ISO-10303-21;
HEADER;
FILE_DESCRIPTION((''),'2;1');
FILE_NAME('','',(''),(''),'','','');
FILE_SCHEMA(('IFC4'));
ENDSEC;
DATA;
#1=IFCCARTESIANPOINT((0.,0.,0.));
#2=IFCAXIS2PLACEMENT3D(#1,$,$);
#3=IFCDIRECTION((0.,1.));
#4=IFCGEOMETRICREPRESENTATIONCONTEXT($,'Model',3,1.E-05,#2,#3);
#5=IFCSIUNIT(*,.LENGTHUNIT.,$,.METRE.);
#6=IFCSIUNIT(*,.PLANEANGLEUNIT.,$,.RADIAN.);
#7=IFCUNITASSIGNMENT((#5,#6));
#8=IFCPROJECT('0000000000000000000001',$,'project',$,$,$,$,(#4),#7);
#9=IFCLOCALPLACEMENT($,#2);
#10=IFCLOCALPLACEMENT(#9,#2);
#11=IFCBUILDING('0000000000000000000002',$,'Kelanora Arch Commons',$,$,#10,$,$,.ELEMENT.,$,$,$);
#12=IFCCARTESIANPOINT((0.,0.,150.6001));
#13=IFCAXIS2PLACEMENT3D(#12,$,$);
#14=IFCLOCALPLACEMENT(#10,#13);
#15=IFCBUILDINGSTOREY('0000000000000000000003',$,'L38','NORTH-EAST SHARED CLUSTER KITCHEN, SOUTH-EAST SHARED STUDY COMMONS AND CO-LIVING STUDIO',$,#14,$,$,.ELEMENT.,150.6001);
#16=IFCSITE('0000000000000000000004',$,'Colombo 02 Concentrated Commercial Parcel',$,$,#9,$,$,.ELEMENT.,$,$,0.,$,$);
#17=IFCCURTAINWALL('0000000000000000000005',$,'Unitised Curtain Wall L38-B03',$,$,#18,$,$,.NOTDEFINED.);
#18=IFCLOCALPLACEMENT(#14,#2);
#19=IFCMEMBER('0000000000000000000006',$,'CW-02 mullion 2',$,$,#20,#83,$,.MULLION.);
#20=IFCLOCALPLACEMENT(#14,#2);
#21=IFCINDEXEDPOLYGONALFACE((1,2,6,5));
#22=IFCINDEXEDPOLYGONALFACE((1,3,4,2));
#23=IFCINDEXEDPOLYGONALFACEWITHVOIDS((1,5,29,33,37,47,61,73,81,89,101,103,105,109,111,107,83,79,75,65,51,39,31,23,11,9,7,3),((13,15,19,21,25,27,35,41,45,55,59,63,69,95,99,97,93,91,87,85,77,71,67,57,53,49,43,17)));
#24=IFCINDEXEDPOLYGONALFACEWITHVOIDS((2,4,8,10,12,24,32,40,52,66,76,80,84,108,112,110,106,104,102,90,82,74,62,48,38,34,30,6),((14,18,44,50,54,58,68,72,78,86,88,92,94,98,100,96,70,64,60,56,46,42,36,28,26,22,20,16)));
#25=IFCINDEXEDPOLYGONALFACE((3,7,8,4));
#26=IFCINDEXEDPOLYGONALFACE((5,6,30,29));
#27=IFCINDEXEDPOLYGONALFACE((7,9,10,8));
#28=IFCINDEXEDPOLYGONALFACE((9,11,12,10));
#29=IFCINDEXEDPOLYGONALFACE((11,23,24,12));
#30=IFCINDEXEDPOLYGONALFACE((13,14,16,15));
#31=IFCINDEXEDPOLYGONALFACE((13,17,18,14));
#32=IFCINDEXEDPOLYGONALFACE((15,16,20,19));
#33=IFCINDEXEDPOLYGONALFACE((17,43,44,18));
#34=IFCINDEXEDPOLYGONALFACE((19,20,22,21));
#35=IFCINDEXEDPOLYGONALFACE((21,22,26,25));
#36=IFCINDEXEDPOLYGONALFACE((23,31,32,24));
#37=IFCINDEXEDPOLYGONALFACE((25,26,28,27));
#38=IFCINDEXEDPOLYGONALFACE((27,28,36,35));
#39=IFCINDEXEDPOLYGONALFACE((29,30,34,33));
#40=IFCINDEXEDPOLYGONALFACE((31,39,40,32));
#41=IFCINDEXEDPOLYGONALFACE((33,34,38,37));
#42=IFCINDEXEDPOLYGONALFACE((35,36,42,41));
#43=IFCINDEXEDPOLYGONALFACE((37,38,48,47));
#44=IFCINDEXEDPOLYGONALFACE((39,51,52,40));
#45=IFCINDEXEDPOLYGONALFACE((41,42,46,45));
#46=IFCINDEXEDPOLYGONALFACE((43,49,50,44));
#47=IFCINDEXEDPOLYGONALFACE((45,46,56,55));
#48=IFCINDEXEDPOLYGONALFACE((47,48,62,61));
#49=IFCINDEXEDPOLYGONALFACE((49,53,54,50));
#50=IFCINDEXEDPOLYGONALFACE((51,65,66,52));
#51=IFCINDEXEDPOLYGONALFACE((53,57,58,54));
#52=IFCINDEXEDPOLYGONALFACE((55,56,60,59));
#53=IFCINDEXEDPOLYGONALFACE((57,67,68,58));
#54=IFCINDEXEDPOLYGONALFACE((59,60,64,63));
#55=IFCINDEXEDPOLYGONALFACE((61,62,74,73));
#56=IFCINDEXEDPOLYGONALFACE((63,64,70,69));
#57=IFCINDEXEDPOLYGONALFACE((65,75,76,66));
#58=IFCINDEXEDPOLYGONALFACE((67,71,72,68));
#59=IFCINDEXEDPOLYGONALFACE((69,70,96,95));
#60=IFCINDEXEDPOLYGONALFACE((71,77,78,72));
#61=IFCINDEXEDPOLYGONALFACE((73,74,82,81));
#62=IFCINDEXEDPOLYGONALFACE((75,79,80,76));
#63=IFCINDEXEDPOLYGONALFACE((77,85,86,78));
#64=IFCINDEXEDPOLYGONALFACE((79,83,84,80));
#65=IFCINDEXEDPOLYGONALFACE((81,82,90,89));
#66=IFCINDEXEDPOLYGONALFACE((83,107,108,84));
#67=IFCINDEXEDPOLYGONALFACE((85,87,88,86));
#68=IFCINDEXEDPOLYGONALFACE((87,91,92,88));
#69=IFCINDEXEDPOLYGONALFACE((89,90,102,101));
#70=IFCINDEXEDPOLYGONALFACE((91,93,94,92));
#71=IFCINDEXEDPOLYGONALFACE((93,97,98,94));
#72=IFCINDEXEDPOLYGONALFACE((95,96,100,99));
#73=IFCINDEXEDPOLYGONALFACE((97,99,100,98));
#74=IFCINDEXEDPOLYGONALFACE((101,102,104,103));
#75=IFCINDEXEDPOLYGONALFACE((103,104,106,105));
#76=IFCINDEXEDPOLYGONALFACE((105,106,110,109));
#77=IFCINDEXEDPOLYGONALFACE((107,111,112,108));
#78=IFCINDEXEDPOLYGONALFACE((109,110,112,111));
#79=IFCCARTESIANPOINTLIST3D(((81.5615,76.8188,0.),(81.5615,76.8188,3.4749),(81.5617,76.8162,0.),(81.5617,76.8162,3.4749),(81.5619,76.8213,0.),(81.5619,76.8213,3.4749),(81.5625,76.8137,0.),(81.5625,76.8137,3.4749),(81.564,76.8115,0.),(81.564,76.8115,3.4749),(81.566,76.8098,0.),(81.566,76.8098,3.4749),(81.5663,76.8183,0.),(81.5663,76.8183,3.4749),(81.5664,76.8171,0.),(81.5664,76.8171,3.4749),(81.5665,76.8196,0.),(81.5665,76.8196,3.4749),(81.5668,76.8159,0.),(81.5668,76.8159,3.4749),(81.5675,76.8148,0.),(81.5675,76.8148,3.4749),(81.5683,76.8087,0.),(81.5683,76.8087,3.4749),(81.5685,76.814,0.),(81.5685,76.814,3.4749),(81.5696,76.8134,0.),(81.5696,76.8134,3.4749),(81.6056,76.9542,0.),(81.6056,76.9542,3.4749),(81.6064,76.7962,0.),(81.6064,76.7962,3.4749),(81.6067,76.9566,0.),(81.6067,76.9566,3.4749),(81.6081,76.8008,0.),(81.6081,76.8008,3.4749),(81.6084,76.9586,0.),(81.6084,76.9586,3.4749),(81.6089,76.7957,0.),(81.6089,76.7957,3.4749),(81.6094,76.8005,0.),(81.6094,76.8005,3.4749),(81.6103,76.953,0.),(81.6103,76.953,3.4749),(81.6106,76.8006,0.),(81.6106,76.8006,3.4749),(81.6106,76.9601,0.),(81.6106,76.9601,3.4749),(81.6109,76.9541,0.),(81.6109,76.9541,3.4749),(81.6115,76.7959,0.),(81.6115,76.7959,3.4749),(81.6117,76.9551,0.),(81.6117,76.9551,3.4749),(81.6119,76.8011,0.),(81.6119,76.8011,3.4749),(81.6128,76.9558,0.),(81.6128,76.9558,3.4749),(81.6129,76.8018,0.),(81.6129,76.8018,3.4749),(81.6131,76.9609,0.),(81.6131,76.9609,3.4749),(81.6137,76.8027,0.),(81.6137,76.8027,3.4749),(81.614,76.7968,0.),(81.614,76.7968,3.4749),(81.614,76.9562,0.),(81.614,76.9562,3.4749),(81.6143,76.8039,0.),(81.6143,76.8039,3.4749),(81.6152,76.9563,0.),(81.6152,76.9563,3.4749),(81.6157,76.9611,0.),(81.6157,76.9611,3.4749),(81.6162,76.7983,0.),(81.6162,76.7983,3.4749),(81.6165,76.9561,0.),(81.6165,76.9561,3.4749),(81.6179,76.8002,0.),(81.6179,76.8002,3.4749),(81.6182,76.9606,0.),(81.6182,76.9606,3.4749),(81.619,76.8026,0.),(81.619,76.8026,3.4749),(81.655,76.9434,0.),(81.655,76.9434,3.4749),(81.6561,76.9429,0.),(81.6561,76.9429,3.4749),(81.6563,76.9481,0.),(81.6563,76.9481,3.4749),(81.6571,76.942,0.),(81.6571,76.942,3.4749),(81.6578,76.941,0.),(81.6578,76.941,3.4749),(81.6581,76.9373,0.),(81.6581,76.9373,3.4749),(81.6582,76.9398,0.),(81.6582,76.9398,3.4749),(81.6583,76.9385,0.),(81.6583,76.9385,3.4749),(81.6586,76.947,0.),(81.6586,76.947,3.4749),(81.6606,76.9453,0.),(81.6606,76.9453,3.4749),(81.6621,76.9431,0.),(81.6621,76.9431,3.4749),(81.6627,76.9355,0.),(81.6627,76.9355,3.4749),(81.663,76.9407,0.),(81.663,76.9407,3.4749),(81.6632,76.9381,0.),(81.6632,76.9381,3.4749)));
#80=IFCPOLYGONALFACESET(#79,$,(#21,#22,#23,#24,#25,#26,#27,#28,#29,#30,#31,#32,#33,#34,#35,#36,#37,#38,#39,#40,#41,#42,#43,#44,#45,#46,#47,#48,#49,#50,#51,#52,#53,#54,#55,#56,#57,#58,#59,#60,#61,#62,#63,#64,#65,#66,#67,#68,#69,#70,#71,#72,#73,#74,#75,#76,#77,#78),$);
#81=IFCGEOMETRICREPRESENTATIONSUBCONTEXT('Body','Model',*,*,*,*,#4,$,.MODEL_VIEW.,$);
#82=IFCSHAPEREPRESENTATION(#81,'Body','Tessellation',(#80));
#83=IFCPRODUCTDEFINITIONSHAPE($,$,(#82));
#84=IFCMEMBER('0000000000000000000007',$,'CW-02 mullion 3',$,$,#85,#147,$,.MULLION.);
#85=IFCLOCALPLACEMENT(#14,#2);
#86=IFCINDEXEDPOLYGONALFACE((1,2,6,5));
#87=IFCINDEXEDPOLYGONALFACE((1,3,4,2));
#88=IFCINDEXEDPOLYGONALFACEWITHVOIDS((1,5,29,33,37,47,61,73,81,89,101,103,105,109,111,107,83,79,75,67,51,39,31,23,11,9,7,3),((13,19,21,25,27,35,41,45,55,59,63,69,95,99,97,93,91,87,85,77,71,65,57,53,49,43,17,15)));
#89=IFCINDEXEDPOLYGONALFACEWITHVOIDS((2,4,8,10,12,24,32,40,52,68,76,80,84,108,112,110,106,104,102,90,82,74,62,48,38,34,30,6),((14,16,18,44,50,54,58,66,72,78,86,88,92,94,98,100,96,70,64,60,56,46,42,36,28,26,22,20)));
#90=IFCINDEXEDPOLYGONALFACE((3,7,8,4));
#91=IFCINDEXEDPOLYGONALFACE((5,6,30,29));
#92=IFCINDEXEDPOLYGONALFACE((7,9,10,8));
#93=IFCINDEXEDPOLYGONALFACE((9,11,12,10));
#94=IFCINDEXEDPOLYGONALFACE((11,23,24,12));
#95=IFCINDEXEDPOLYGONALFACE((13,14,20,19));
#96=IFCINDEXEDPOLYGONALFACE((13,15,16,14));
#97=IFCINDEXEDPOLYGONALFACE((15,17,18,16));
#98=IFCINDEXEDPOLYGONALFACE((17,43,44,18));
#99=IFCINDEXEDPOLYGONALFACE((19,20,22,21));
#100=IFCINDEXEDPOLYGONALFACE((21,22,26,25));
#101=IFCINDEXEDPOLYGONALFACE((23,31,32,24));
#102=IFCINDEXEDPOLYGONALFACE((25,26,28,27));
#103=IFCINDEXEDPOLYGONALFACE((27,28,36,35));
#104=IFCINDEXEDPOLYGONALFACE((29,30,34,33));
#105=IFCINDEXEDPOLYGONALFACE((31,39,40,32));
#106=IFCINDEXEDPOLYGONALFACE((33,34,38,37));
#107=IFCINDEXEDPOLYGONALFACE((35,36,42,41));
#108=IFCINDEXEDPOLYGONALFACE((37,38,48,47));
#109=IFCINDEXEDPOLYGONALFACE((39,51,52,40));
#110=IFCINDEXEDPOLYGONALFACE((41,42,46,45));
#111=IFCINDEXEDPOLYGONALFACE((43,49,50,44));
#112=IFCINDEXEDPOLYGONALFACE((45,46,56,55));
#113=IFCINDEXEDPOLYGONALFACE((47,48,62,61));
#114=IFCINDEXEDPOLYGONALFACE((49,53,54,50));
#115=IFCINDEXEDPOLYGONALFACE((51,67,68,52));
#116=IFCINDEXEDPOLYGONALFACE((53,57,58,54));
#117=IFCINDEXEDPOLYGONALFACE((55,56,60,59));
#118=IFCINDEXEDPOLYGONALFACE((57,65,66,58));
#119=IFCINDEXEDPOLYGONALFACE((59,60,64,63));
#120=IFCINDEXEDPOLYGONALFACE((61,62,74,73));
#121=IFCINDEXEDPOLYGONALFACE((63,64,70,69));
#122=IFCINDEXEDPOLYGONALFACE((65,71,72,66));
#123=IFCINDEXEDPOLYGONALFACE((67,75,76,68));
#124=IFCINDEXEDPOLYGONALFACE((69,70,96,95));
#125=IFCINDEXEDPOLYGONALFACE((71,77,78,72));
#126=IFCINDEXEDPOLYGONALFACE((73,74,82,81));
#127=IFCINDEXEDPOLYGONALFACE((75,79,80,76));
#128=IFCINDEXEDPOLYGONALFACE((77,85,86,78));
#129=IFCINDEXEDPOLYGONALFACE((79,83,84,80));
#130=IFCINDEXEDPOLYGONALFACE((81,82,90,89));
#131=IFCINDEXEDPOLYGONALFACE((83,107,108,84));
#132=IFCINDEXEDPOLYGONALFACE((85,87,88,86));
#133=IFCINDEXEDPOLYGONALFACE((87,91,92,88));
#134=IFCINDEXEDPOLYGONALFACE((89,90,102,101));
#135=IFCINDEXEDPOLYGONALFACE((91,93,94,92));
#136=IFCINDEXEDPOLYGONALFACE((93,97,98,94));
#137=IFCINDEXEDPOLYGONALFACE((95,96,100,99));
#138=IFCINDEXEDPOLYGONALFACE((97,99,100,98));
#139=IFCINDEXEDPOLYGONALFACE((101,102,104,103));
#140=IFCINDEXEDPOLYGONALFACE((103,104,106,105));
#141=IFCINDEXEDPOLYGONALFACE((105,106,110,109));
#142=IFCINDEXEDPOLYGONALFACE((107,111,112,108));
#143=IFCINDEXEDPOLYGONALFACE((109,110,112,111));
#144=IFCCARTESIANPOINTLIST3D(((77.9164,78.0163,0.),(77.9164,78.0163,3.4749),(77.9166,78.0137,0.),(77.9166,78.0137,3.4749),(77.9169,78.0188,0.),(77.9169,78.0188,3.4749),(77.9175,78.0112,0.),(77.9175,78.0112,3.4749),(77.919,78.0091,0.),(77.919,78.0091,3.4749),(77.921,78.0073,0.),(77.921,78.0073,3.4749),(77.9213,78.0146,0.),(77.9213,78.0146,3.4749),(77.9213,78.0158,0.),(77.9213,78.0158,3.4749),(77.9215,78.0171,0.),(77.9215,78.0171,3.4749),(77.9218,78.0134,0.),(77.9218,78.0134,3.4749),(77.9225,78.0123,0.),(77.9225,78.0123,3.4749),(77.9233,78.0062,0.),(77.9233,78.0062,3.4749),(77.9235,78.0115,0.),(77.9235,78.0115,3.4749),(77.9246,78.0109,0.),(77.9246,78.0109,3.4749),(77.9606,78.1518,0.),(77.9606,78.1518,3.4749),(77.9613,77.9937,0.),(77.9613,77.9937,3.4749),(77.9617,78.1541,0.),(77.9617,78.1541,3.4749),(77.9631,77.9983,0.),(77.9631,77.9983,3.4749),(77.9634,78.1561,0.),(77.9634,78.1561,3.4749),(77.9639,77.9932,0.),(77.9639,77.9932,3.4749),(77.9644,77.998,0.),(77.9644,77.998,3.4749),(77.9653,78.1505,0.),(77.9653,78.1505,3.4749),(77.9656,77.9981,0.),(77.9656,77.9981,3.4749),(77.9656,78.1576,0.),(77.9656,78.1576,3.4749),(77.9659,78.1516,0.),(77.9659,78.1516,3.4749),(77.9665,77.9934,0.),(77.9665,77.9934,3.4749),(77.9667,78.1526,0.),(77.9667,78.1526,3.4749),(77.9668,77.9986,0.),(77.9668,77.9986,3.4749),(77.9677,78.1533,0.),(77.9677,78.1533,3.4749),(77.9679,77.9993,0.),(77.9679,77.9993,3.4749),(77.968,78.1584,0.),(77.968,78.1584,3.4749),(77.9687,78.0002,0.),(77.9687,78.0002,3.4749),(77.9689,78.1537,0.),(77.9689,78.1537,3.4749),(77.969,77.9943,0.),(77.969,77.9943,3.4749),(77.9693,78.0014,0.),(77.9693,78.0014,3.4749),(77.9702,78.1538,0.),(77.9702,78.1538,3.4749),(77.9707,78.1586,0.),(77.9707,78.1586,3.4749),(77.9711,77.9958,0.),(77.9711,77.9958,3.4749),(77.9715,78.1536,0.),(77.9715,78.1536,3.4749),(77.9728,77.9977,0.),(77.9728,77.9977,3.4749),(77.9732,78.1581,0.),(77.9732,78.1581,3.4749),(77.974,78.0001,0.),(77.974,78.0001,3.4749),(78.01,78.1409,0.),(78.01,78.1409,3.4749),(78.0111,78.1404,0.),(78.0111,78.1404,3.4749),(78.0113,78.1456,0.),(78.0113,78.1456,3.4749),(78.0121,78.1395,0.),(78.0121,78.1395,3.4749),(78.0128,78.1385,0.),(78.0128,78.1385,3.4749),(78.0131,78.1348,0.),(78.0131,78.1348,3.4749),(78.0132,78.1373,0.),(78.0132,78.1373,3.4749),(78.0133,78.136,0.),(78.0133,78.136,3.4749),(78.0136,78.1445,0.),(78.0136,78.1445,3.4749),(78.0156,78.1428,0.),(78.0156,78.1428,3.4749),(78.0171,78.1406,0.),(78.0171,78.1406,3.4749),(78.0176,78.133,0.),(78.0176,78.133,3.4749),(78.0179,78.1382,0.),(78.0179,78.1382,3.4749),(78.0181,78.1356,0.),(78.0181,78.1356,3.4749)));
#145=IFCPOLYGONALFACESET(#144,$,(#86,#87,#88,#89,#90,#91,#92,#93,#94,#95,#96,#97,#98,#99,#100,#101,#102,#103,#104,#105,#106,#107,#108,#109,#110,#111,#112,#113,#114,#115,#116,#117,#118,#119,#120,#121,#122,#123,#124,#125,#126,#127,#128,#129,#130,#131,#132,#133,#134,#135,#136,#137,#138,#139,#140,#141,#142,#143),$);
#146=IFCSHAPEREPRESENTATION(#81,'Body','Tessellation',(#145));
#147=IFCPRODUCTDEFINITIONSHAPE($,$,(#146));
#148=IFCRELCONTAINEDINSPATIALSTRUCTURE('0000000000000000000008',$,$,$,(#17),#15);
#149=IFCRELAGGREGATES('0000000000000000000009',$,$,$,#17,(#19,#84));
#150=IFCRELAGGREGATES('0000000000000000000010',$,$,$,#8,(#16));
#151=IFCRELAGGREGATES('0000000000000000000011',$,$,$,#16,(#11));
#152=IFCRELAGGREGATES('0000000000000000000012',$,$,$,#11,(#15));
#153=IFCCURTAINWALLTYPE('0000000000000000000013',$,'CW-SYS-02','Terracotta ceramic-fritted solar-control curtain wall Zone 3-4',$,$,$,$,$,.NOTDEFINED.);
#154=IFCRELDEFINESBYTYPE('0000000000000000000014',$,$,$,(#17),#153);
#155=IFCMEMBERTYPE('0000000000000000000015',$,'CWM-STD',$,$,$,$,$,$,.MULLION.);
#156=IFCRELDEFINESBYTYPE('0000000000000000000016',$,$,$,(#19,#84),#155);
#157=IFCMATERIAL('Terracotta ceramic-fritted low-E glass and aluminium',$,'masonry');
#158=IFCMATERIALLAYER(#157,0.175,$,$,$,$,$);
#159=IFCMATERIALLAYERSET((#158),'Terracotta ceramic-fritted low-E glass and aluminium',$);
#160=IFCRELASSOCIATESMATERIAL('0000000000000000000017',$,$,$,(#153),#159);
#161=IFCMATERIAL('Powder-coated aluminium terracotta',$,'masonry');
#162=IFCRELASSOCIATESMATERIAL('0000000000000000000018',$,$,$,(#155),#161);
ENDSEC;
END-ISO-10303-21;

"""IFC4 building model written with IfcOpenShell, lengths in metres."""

from ifc_helpers import new_model, si_unit, direction, frame, origin, origin_2d, place, context, subcontext, project, spatial, hollow_rectangle, extrude, material, layer, layer_set, material_profile, profile_set, type_object, element, aggregate, save


model = new_model("IFC4")

# Units and contexts
model_context = context("Model", 3, precision=1e-05, world=origin(), true_north=direction((0.0, 1.0)))
body_context = subcontext(model_context, "Body", "Model", "MODEL_VIEW")
ifc_project = project(units=[si_unit("LENGTHUNIT", "METRE"), si_unit("PLANEANGLEUNIT", "RADIAN")], contexts=[model_context])

# Site, building, storey
site_placement = place(None, origin())
site = spatial("IfcSite", under=ifc_project, at=site_placement, Name="Colombo 02 Concentrated Commercial Parcel", CompositionType="ELEMENT", RefElevation=0.0)
building_placement = place(site_placement, origin())
building = spatial("IfcBuilding", under=site, at=building_placement, Name="Kelanora Arch Commons", CompositionType="ELEMENT")
storey_placement = place(building_placement, frame((0.0, 0.0, 150.6001)))
storey = spatial("IfcBuildingStorey", under=building, at=storey_placement, Name="L38", Description="NORTH-EAST SHARED CLUSTER KITCHEN, SOUTH-EAST SHARED STUDY COMMONS AND CO-LIVING STUDIO", CompositionType="ELEMENT", Elevation=150.6001)

# Curtain wall, members
ifc_material_1 = material(Name="Terracotta ceramic-fritted low-E glass and aluminium", Category="masonry")
ifc_layer_1 = layer(ifc_material_1, 0.175)
ifc_layer_set_1 = layer_set([ifc_layer_1], Name="Terracotta ceramic-fritted low-E glass and aluminium")
curtain_wall_type = type_object("IfcCurtainWallType", Name="CW-SYS-02", Description="Terracotta ceramic-fritted solar-control curtain wall Zone 3-4", PredefinedType="NOTDEFINED", material=ifc_layer_set_1)
curtain_wall_placement = place(storey_placement, origin())
curtain_wall = element("IfcCurtainWall", 1, at=curtain_wall_placement, inside=storey, type_object=curtain_wall_type, Name="Unitised Curtain Wall L38-B03", PredefinedType="NOTDEFINED")
ifc_material_2 = material(Name="Powder-coated aluminium terracotta", Category="masonry")
ifc_material_profile_1 = material_profile(ifc_material_2, hollow_rectangle(XDim=0.1599, YDim=0.0601, WallThickness=0.0049, InnerFilletRadius=0.0049, OuterFilletRadius=0.01, at=origin_2d()), Name="CWM160x60")
ifc_profile_set_1 = profile_set([ifc_material_profile_1], Name="Powder-coated aluminium terracotta")
member_type_1 = type_object("IfcMemberType", Name="CWM-STD", PredefinedType="MULLION", material=ifc_profile_set_1)
member_1_placement = place(storey_placement, frame((81.6123, 76.8784, 0.0), z_axis=(0.0, 0.0, 1.0), x_axis=(-0.312128, -0.95004, 0.0)))
member_1 = element("IfcMember", 2, at=member_1_placement, type_object=member_type_1, Name="CW-02 mullion 2", PredefinedType="MULLION", context=body_context, shape_type="SweptSolid", body=[
    extrude(hollow_rectangle(XDim=0.1599, YDim=0.0601, WallThickness=0.0049, InnerFilletRadius=0.0049, OuterFilletRadius=0.01, at=origin_2d()), origin(), (0.0, 0.0, 1.0), 3.4749),
])
member_2_placement = place(storey_placement, frame((77.9673, 78.0759, 0.0), z_axis=(0.0, 0.0, 1.0), x_axis=(-0.312128, -0.95004, 0.0)))
member_2 = element("IfcMember", 3, at=member_2_placement, type_object=member_type_1, Name="CW-02 mullion 3", PredefinedType="MULLION", context=body_context, shape_type="SweptSolid", body=[
    extrude(hollow_rectangle(XDim=0.1599, YDim=0.0601, WallThickness=0.0049, InnerFilletRadius=0.0049, OuterFilletRadius=0.01, at=origin_2d()), origin(), (0.0, 0.0, 1.0), 3.4749),
])
aggregate(curtain_wall, [member_1, member_2])

save(model, "model.ifc")
